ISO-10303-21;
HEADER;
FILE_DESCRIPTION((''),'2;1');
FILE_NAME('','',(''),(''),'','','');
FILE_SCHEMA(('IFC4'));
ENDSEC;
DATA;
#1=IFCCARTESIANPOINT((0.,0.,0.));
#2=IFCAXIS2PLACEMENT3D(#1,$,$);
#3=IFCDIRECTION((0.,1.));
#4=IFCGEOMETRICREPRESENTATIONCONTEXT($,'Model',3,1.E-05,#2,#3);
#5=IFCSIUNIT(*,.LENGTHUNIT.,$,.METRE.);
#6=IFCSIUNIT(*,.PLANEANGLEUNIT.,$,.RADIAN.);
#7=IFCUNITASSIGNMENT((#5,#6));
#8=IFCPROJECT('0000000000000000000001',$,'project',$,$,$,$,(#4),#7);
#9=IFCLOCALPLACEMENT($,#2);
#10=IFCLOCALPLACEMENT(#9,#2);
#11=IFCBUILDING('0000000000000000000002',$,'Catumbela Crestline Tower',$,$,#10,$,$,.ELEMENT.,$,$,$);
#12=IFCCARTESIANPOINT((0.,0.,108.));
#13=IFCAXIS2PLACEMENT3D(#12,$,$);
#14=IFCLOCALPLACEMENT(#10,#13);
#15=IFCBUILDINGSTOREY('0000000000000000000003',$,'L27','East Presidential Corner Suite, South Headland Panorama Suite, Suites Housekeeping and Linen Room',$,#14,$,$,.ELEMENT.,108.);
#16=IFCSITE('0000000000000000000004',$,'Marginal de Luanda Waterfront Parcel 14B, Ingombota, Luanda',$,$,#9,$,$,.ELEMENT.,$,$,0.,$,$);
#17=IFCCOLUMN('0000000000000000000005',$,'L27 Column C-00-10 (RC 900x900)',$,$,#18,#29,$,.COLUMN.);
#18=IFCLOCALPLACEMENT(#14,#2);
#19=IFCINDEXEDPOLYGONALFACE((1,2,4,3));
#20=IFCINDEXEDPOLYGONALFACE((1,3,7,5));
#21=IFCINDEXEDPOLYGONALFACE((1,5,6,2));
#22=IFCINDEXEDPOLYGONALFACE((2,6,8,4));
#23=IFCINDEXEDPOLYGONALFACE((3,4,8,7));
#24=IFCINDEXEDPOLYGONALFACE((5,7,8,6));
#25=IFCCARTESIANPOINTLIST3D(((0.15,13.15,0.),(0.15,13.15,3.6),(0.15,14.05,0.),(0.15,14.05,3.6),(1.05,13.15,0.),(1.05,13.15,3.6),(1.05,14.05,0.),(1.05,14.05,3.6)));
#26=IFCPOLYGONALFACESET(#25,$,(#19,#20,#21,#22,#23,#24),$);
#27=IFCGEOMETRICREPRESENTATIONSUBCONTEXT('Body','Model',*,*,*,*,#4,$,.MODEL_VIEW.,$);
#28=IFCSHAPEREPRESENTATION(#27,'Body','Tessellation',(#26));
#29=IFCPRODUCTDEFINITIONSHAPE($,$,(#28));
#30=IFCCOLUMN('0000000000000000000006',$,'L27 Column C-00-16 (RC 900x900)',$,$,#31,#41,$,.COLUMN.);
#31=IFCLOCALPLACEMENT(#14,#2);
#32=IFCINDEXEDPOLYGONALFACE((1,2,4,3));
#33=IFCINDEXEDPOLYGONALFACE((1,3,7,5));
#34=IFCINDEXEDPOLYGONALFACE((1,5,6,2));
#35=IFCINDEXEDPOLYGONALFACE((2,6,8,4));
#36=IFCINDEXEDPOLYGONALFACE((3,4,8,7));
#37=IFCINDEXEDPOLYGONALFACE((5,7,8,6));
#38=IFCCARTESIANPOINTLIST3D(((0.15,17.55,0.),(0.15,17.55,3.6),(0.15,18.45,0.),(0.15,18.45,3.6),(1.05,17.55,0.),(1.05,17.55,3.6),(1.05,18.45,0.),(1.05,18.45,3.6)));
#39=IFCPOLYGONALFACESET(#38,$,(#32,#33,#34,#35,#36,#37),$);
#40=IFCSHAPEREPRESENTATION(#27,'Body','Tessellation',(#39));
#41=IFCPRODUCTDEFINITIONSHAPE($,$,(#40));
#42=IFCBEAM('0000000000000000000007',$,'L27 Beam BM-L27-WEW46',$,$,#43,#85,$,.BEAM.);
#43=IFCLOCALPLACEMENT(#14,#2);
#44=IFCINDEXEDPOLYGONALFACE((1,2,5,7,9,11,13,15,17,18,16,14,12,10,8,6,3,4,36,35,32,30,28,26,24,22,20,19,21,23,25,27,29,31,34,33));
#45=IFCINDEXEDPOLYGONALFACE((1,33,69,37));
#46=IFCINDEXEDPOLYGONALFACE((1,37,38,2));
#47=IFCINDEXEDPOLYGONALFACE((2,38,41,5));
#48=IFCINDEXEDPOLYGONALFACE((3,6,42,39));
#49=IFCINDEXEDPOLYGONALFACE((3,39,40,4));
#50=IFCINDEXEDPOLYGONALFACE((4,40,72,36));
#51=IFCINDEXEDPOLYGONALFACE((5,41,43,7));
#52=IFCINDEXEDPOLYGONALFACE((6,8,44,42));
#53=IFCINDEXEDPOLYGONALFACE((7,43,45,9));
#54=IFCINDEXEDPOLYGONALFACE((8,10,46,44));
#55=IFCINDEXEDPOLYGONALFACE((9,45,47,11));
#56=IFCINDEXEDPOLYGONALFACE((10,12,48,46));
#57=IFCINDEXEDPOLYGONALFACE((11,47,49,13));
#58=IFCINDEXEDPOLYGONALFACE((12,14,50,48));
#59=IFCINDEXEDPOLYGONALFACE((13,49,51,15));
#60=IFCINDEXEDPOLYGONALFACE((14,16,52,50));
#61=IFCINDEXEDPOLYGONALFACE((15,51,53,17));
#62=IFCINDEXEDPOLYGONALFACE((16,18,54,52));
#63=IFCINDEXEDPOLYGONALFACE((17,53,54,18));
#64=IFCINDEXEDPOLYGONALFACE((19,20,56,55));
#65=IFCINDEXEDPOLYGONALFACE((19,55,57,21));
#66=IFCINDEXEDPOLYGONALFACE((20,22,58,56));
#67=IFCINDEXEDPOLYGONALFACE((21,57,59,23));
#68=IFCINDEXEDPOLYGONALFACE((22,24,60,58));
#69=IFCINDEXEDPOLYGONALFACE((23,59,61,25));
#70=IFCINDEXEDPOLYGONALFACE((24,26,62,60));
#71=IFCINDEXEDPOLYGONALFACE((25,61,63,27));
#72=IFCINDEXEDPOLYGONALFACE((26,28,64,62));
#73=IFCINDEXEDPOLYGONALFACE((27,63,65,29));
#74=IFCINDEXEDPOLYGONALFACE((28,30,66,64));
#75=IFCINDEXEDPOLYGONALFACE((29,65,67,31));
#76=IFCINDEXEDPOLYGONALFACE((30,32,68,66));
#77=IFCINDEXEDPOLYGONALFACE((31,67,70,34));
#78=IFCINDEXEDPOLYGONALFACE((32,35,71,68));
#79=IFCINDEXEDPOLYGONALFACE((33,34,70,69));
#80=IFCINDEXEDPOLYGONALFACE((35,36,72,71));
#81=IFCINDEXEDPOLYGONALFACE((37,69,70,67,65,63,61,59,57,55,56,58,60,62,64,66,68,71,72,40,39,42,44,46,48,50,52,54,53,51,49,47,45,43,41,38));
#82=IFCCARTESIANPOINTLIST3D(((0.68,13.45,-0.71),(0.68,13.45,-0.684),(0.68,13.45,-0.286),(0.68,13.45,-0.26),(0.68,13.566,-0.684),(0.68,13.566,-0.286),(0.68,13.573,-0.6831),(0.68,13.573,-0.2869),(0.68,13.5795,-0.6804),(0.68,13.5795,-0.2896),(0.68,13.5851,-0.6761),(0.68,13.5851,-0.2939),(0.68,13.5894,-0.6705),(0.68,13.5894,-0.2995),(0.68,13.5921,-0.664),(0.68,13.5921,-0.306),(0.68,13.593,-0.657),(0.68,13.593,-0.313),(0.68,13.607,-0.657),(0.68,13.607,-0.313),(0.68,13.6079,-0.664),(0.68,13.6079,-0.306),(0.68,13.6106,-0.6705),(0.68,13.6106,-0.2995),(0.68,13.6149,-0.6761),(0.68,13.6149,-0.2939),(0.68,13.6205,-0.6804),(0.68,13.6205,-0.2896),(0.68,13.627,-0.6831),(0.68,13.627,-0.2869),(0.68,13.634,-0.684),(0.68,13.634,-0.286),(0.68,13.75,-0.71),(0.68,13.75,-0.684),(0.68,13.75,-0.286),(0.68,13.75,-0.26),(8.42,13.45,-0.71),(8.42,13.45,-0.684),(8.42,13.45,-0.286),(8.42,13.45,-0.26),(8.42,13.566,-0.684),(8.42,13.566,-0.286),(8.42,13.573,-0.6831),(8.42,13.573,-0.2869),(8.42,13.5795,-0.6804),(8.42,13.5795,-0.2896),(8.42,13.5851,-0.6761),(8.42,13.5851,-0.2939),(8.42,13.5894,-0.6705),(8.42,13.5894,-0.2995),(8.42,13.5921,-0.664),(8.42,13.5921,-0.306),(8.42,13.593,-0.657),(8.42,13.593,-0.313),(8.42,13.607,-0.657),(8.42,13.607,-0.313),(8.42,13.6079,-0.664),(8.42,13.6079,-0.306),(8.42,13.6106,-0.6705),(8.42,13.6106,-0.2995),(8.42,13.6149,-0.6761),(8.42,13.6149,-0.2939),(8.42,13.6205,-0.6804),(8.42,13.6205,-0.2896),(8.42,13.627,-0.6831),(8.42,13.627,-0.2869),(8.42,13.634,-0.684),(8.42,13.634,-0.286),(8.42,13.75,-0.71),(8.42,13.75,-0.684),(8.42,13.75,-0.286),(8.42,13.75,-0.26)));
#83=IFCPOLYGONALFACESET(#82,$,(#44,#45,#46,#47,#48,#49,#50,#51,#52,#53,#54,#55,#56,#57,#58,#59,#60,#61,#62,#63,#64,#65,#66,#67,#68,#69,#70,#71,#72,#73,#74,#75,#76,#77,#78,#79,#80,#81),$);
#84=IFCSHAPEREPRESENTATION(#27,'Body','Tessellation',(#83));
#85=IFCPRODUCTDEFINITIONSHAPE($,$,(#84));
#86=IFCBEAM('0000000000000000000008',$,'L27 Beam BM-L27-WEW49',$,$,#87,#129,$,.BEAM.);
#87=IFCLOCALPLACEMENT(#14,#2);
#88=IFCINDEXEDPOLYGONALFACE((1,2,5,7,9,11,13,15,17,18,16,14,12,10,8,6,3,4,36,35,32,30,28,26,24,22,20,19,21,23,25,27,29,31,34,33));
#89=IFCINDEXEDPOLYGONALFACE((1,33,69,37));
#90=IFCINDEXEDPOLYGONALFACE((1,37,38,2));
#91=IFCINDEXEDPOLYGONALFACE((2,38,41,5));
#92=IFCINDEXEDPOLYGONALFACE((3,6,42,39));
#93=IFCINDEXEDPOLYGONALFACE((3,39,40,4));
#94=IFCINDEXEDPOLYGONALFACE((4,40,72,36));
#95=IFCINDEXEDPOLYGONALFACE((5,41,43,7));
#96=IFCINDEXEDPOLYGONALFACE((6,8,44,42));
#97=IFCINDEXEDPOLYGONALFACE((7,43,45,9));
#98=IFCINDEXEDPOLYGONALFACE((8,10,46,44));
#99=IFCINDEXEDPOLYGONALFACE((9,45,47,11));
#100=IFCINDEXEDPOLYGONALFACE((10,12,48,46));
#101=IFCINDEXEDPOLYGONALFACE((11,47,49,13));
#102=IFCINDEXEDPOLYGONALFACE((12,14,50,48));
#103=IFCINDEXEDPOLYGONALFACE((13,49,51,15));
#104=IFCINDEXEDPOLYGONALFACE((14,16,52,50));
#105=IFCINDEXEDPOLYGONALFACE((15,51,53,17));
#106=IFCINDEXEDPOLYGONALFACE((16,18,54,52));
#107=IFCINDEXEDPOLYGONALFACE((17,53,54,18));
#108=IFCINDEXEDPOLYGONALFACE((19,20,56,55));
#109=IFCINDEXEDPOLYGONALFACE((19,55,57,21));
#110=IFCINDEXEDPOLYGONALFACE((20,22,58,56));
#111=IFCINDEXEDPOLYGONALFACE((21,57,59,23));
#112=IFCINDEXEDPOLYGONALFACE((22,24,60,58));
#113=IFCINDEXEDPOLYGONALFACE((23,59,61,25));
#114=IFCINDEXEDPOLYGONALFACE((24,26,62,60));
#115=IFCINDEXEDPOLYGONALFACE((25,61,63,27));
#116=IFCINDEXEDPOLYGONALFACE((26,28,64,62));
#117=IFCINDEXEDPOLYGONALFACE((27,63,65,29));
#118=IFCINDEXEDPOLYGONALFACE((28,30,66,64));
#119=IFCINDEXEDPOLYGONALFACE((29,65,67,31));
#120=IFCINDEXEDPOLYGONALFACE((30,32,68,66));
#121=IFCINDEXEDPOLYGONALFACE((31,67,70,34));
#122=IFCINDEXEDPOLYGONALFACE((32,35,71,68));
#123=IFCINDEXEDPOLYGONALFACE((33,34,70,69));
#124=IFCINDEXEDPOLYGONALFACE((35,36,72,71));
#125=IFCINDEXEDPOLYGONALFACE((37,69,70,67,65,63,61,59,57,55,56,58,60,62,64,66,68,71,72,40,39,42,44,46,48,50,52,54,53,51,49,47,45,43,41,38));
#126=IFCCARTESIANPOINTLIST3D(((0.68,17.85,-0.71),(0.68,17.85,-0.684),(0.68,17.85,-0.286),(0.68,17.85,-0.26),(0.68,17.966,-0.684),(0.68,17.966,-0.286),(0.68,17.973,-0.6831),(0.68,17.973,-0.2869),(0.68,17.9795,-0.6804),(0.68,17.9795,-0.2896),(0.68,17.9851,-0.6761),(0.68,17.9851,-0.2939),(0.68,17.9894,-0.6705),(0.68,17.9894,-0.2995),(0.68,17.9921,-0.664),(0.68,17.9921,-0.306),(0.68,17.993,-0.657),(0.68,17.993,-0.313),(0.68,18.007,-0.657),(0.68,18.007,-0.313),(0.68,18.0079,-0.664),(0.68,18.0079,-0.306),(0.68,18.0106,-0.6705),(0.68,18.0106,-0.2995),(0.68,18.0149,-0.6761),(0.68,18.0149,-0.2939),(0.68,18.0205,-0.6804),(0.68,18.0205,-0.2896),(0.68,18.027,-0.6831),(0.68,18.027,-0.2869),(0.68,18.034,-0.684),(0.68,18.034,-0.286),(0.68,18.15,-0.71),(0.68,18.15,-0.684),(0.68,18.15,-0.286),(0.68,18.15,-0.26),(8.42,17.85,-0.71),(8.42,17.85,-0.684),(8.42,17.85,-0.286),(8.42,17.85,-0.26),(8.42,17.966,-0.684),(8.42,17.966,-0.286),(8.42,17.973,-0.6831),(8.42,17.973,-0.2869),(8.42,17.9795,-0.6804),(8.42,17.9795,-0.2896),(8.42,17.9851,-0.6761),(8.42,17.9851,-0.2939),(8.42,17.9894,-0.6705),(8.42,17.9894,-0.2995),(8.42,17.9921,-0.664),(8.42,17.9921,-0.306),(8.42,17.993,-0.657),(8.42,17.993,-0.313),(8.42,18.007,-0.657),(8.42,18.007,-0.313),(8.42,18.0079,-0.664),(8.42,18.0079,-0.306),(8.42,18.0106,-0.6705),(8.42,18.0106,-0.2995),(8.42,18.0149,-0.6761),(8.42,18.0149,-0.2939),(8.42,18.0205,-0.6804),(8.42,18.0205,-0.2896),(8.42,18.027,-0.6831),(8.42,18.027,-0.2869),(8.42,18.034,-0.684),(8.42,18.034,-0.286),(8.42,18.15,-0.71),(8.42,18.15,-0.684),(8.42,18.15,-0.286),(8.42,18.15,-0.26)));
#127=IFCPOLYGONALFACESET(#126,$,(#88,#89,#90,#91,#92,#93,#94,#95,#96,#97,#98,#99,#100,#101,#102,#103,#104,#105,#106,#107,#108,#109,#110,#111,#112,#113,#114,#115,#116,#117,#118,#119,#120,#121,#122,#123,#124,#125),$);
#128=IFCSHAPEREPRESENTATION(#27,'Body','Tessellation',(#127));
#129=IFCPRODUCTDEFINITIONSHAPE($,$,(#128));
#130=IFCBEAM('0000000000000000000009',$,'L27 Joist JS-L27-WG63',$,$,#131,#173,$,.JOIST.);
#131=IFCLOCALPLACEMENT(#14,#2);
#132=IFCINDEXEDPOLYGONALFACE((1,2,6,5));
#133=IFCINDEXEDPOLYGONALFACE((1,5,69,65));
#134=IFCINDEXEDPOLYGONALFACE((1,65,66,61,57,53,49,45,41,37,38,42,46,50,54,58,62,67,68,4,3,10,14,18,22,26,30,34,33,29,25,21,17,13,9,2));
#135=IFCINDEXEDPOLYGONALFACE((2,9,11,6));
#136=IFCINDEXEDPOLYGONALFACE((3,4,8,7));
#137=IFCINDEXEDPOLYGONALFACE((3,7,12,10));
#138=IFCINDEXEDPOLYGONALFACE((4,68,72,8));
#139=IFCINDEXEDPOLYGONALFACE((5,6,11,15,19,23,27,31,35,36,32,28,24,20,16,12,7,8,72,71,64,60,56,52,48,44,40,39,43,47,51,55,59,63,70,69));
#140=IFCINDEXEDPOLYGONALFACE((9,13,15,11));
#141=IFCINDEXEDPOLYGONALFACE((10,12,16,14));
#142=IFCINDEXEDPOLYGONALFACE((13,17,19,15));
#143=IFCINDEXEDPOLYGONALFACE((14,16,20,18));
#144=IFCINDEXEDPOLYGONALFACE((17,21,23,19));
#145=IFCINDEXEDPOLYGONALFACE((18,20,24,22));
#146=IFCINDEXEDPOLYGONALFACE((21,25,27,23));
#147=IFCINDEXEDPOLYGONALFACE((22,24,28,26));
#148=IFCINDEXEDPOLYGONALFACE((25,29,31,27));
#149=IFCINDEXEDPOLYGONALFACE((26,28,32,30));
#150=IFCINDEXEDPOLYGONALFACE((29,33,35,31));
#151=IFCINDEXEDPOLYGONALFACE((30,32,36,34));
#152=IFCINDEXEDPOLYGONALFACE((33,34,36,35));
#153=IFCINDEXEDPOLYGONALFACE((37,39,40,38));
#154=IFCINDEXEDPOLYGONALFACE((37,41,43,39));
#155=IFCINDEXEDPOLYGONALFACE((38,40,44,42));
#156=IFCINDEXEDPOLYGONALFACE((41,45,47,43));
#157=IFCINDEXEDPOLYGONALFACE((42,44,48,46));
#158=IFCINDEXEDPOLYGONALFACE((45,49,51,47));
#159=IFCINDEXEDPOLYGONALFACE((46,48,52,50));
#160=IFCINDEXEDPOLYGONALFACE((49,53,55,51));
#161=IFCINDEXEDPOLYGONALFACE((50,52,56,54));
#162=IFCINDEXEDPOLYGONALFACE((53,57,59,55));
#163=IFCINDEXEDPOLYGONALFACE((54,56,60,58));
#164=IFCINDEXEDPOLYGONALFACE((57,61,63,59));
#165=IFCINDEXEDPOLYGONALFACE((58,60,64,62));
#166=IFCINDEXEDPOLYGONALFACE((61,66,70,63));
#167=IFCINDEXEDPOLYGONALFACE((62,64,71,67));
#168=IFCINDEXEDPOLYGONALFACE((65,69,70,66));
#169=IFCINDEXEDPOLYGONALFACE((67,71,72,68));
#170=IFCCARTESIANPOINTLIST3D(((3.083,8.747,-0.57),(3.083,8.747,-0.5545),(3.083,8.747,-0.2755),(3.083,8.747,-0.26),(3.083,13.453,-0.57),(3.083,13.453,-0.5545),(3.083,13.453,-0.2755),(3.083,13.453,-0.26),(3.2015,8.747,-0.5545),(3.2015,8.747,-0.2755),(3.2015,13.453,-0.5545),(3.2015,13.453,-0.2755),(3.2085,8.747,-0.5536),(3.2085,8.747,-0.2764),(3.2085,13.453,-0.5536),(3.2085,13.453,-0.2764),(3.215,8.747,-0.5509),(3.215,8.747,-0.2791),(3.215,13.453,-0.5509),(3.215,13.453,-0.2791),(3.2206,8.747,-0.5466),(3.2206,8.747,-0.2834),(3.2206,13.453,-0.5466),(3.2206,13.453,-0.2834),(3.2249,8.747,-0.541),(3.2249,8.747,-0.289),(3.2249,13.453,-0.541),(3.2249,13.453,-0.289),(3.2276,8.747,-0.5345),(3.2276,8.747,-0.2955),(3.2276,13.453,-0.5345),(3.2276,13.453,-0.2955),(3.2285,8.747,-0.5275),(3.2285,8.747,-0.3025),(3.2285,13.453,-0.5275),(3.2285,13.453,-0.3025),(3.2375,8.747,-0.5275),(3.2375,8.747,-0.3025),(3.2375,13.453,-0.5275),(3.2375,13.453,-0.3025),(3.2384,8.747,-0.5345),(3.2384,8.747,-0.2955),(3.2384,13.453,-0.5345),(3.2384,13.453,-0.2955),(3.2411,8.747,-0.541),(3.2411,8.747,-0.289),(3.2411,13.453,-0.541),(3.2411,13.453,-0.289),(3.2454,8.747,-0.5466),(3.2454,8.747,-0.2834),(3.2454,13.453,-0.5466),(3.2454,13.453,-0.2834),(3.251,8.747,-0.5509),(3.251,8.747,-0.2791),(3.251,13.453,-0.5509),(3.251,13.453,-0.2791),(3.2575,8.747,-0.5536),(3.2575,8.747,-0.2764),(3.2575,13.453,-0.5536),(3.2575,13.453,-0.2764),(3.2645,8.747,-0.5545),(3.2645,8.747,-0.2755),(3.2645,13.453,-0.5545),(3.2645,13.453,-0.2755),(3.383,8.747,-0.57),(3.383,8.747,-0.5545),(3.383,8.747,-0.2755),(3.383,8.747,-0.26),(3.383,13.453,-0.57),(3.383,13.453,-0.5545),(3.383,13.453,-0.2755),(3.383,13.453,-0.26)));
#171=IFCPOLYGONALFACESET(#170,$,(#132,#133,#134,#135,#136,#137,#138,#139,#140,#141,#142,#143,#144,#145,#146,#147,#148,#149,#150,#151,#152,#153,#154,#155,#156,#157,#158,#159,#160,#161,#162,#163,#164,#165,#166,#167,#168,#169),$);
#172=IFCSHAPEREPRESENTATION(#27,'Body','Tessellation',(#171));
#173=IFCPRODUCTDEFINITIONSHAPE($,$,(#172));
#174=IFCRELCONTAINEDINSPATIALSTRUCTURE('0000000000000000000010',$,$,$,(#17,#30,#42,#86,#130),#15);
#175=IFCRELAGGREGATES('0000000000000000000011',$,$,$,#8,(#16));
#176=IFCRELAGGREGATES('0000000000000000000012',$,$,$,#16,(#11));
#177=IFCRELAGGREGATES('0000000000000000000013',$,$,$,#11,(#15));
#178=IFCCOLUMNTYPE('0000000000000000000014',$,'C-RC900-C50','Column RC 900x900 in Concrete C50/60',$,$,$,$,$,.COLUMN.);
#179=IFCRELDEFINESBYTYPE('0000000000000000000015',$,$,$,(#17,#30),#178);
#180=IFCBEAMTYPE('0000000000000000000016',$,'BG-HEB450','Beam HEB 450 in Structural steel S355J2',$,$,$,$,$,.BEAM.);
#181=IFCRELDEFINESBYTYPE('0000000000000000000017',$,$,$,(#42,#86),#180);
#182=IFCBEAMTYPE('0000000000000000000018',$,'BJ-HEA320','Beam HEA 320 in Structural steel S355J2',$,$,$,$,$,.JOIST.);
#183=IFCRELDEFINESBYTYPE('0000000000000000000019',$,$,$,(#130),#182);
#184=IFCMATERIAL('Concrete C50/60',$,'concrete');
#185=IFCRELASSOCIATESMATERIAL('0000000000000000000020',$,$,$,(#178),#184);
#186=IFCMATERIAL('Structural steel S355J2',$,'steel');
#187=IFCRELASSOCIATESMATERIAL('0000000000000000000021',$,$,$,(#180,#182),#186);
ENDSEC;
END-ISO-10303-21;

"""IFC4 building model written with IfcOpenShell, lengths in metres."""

from ifc_helpers import new_model, si_unit, direction, frame, origin, origin_2d, place, context, subcontext, project, spatial, rectangle, i_section, extrude, material, material_profile, profile_set, type_object, element, save


model = new_model("IFC4")

# Units and contexts
model_context = context("Model", 3, precision=1e-05, world=origin(), true_north=direction((0.0, 1.0)))
body_context = subcontext(model_context, "Body", "Model", "MODEL_VIEW")
ifc_project = project(units=[si_unit("LENGTHUNIT", "METRE"), si_unit("PLANEANGLEUNIT", "RADIAN")], contexts=[model_context])

# Site, building, storey
site_placement = place(None, origin())
site = spatial("IfcSite", under=ifc_project, at=site_placement, Name="Marginal de Luanda Waterfront Parcel 14B, Ingombota, Luanda", CompositionType="ELEMENT", RefElevation=0.0)
building_placement = place(site_placement, origin())
building = spatial("IfcBuilding", under=site, at=building_placement, Name="Catumbela Crestline Tower", CompositionType="ELEMENT")
storey_placement = place(building_placement, frame((0.0, 0.0, 108.0)))
storey = spatial("IfcBuildingStorey", under=building, at=storey_placement, Name="L27", Description="East Presidential Corner Suite, South Headland Panorama Suite, Suites Housekeeping and Linen Room", CompositionType="ELEMENT", Elevation=108.0)

# Columns
ifc_material_1 = material(Name="Concrete C50/60", Category="concrete")
ifc_material_profile_1 = material_profile(ifc_material_1, rectangle(XDim=0.9, YDim=0.9, at=origin_2d()), Name="RC 900x900")
ifc_profile_set_1 = profile_set([ifc_material_profile_1], Name="Concrete C50/60")
column_type = type_object("IfcColumnType", Name="C-RC900-C50", Description="Column RC 900x900 in Concrete C50/60", PredefinedType="COLUMN", material=ifc_profile_set_1)
for number, where, z_axis, x_axis, name in (
    (1, (0.6, 13.6, 0.0), (0.0, 0.0, 1.0), (1.0, 0.0, 0.0), "L27 Column C-00-10 (RC 900x900)"),
    (2, (0.6, 18.0, 0.0), (0.0, 0.0, 1.0), (1.0, 0.0, 0.0), "L27 Column C-00-16 (RC 900x900)"),
):
    element("IfcColumn", number, at=place(storey_placement, frame(where, z_axis=z_axis, x_axis=x_axis)), inside=storey, type_object=column_type, Name=name, PredefinedType="COLUMN", context=body_context, shape_type="SweptSolid", body=[
        extrude(rectangle(XDim=0.9, YDim=0.9, at=origin_2d()), origin(), (0.0, 0.0, 1.0), 3.6),
    ])

# Beams
ifc_material_2 = material(Name="Structural steel S355J2", Category="steel")
ifc_material_profile_2 = material_profile(ifc_material_2, i_section(OverallWidth=0.3, OverallDepth=0.45, WebThickness=0.014, FlangeThickness=0.026, FilletRadius=0.027, at=origin_2d()), Name="HEB 450")
ifc_profile_set_2 = profile_set([ifc_material_profile_2], Name="Structural steel S355J2")
beam_type_1 = type_object("IfcBeamType", Name="BG-HEB450", Description="Beam HEB 450 in Structural steel S355J2", PredefinedType="BEAM", material=ifc_profile_set_2)
for number, where, z_axis, x_axis, name in (
    (3, (0.68, 13.6, -0.485), (1.0, 0.0, 0.0), (0.0, 1.0, 0.0), "L27 Beam BM-L27-WEW46"),
    (4, (0.68, 18.0, -0.485), (1.0, 0.0, 0.0), (0.0, 1.0, 0.0), "L27 Beam BM-L27-WEW49"),
):
    element("IfcBeam", number, at=place(storey_placement, frame(where, z_axis=z_axis, x_axis=x_axis)), inside=storey, type_object=beam_type_1, Name=name, PredefinedType="BEAM", context=body_context, shape_type="SweptSolid", body=[
        extrude(i_section(OverallWidth=0.3, OverallDepth=0.45, WebThickness=0.014, FlangeThickness=0.026, FilletRadius=0.027, at=origin_2d()), origin(), (0.0, 0.0, 1.0), 7.74),
    ])
ifc_material_profile_3 = material_profile(ifc_material_2, i_section(OverallWidth=0.3, OverallDepth=0.31, WebThickness=0.009, FlangeThickness=0.0155, FilletRadius=0.027, at=origin_2d()), Name="HEA 320")
ifc_profile_set_3 = profile_set([ifc_material_profile_3], Name="Structural steel S355J2")
beam_type_2 = type_object("IfcBeamType", Name="BJ-HEA320", Description="Beam HEA 320 in Structural steel S355J2", PredefinedType="JOIST", material=ifc_profile_set_3)
for number, where, z_axis, x_axis, name in (
    (5, (3.233, 8.747, -0.415), (0.0, 1.0, 0.0), (-1.0, 0.0, 0.0), "L27 Joist JS-L27-WG63"),
):
    element("IfcBeam", number, at=place(storey_placement, frame(where, z_axis=z_axis, x_axis=x_axis)), inside=storey, type_object=beam_type_2, Name=name, PredefinedType="JOIST", context=body_context, shape_type="SweptSolid", body=[
        extrude(i_section(OverallWidth=0.3, OverallDepth=0.31, WebThickness=0.009, FlangeThickness=0.0155, FilletRadius=0.027, at=origin_2d()), origin(), (0.0, 0.0, 1.0), 4.706),
    ])

save(model, "model.ifc")
